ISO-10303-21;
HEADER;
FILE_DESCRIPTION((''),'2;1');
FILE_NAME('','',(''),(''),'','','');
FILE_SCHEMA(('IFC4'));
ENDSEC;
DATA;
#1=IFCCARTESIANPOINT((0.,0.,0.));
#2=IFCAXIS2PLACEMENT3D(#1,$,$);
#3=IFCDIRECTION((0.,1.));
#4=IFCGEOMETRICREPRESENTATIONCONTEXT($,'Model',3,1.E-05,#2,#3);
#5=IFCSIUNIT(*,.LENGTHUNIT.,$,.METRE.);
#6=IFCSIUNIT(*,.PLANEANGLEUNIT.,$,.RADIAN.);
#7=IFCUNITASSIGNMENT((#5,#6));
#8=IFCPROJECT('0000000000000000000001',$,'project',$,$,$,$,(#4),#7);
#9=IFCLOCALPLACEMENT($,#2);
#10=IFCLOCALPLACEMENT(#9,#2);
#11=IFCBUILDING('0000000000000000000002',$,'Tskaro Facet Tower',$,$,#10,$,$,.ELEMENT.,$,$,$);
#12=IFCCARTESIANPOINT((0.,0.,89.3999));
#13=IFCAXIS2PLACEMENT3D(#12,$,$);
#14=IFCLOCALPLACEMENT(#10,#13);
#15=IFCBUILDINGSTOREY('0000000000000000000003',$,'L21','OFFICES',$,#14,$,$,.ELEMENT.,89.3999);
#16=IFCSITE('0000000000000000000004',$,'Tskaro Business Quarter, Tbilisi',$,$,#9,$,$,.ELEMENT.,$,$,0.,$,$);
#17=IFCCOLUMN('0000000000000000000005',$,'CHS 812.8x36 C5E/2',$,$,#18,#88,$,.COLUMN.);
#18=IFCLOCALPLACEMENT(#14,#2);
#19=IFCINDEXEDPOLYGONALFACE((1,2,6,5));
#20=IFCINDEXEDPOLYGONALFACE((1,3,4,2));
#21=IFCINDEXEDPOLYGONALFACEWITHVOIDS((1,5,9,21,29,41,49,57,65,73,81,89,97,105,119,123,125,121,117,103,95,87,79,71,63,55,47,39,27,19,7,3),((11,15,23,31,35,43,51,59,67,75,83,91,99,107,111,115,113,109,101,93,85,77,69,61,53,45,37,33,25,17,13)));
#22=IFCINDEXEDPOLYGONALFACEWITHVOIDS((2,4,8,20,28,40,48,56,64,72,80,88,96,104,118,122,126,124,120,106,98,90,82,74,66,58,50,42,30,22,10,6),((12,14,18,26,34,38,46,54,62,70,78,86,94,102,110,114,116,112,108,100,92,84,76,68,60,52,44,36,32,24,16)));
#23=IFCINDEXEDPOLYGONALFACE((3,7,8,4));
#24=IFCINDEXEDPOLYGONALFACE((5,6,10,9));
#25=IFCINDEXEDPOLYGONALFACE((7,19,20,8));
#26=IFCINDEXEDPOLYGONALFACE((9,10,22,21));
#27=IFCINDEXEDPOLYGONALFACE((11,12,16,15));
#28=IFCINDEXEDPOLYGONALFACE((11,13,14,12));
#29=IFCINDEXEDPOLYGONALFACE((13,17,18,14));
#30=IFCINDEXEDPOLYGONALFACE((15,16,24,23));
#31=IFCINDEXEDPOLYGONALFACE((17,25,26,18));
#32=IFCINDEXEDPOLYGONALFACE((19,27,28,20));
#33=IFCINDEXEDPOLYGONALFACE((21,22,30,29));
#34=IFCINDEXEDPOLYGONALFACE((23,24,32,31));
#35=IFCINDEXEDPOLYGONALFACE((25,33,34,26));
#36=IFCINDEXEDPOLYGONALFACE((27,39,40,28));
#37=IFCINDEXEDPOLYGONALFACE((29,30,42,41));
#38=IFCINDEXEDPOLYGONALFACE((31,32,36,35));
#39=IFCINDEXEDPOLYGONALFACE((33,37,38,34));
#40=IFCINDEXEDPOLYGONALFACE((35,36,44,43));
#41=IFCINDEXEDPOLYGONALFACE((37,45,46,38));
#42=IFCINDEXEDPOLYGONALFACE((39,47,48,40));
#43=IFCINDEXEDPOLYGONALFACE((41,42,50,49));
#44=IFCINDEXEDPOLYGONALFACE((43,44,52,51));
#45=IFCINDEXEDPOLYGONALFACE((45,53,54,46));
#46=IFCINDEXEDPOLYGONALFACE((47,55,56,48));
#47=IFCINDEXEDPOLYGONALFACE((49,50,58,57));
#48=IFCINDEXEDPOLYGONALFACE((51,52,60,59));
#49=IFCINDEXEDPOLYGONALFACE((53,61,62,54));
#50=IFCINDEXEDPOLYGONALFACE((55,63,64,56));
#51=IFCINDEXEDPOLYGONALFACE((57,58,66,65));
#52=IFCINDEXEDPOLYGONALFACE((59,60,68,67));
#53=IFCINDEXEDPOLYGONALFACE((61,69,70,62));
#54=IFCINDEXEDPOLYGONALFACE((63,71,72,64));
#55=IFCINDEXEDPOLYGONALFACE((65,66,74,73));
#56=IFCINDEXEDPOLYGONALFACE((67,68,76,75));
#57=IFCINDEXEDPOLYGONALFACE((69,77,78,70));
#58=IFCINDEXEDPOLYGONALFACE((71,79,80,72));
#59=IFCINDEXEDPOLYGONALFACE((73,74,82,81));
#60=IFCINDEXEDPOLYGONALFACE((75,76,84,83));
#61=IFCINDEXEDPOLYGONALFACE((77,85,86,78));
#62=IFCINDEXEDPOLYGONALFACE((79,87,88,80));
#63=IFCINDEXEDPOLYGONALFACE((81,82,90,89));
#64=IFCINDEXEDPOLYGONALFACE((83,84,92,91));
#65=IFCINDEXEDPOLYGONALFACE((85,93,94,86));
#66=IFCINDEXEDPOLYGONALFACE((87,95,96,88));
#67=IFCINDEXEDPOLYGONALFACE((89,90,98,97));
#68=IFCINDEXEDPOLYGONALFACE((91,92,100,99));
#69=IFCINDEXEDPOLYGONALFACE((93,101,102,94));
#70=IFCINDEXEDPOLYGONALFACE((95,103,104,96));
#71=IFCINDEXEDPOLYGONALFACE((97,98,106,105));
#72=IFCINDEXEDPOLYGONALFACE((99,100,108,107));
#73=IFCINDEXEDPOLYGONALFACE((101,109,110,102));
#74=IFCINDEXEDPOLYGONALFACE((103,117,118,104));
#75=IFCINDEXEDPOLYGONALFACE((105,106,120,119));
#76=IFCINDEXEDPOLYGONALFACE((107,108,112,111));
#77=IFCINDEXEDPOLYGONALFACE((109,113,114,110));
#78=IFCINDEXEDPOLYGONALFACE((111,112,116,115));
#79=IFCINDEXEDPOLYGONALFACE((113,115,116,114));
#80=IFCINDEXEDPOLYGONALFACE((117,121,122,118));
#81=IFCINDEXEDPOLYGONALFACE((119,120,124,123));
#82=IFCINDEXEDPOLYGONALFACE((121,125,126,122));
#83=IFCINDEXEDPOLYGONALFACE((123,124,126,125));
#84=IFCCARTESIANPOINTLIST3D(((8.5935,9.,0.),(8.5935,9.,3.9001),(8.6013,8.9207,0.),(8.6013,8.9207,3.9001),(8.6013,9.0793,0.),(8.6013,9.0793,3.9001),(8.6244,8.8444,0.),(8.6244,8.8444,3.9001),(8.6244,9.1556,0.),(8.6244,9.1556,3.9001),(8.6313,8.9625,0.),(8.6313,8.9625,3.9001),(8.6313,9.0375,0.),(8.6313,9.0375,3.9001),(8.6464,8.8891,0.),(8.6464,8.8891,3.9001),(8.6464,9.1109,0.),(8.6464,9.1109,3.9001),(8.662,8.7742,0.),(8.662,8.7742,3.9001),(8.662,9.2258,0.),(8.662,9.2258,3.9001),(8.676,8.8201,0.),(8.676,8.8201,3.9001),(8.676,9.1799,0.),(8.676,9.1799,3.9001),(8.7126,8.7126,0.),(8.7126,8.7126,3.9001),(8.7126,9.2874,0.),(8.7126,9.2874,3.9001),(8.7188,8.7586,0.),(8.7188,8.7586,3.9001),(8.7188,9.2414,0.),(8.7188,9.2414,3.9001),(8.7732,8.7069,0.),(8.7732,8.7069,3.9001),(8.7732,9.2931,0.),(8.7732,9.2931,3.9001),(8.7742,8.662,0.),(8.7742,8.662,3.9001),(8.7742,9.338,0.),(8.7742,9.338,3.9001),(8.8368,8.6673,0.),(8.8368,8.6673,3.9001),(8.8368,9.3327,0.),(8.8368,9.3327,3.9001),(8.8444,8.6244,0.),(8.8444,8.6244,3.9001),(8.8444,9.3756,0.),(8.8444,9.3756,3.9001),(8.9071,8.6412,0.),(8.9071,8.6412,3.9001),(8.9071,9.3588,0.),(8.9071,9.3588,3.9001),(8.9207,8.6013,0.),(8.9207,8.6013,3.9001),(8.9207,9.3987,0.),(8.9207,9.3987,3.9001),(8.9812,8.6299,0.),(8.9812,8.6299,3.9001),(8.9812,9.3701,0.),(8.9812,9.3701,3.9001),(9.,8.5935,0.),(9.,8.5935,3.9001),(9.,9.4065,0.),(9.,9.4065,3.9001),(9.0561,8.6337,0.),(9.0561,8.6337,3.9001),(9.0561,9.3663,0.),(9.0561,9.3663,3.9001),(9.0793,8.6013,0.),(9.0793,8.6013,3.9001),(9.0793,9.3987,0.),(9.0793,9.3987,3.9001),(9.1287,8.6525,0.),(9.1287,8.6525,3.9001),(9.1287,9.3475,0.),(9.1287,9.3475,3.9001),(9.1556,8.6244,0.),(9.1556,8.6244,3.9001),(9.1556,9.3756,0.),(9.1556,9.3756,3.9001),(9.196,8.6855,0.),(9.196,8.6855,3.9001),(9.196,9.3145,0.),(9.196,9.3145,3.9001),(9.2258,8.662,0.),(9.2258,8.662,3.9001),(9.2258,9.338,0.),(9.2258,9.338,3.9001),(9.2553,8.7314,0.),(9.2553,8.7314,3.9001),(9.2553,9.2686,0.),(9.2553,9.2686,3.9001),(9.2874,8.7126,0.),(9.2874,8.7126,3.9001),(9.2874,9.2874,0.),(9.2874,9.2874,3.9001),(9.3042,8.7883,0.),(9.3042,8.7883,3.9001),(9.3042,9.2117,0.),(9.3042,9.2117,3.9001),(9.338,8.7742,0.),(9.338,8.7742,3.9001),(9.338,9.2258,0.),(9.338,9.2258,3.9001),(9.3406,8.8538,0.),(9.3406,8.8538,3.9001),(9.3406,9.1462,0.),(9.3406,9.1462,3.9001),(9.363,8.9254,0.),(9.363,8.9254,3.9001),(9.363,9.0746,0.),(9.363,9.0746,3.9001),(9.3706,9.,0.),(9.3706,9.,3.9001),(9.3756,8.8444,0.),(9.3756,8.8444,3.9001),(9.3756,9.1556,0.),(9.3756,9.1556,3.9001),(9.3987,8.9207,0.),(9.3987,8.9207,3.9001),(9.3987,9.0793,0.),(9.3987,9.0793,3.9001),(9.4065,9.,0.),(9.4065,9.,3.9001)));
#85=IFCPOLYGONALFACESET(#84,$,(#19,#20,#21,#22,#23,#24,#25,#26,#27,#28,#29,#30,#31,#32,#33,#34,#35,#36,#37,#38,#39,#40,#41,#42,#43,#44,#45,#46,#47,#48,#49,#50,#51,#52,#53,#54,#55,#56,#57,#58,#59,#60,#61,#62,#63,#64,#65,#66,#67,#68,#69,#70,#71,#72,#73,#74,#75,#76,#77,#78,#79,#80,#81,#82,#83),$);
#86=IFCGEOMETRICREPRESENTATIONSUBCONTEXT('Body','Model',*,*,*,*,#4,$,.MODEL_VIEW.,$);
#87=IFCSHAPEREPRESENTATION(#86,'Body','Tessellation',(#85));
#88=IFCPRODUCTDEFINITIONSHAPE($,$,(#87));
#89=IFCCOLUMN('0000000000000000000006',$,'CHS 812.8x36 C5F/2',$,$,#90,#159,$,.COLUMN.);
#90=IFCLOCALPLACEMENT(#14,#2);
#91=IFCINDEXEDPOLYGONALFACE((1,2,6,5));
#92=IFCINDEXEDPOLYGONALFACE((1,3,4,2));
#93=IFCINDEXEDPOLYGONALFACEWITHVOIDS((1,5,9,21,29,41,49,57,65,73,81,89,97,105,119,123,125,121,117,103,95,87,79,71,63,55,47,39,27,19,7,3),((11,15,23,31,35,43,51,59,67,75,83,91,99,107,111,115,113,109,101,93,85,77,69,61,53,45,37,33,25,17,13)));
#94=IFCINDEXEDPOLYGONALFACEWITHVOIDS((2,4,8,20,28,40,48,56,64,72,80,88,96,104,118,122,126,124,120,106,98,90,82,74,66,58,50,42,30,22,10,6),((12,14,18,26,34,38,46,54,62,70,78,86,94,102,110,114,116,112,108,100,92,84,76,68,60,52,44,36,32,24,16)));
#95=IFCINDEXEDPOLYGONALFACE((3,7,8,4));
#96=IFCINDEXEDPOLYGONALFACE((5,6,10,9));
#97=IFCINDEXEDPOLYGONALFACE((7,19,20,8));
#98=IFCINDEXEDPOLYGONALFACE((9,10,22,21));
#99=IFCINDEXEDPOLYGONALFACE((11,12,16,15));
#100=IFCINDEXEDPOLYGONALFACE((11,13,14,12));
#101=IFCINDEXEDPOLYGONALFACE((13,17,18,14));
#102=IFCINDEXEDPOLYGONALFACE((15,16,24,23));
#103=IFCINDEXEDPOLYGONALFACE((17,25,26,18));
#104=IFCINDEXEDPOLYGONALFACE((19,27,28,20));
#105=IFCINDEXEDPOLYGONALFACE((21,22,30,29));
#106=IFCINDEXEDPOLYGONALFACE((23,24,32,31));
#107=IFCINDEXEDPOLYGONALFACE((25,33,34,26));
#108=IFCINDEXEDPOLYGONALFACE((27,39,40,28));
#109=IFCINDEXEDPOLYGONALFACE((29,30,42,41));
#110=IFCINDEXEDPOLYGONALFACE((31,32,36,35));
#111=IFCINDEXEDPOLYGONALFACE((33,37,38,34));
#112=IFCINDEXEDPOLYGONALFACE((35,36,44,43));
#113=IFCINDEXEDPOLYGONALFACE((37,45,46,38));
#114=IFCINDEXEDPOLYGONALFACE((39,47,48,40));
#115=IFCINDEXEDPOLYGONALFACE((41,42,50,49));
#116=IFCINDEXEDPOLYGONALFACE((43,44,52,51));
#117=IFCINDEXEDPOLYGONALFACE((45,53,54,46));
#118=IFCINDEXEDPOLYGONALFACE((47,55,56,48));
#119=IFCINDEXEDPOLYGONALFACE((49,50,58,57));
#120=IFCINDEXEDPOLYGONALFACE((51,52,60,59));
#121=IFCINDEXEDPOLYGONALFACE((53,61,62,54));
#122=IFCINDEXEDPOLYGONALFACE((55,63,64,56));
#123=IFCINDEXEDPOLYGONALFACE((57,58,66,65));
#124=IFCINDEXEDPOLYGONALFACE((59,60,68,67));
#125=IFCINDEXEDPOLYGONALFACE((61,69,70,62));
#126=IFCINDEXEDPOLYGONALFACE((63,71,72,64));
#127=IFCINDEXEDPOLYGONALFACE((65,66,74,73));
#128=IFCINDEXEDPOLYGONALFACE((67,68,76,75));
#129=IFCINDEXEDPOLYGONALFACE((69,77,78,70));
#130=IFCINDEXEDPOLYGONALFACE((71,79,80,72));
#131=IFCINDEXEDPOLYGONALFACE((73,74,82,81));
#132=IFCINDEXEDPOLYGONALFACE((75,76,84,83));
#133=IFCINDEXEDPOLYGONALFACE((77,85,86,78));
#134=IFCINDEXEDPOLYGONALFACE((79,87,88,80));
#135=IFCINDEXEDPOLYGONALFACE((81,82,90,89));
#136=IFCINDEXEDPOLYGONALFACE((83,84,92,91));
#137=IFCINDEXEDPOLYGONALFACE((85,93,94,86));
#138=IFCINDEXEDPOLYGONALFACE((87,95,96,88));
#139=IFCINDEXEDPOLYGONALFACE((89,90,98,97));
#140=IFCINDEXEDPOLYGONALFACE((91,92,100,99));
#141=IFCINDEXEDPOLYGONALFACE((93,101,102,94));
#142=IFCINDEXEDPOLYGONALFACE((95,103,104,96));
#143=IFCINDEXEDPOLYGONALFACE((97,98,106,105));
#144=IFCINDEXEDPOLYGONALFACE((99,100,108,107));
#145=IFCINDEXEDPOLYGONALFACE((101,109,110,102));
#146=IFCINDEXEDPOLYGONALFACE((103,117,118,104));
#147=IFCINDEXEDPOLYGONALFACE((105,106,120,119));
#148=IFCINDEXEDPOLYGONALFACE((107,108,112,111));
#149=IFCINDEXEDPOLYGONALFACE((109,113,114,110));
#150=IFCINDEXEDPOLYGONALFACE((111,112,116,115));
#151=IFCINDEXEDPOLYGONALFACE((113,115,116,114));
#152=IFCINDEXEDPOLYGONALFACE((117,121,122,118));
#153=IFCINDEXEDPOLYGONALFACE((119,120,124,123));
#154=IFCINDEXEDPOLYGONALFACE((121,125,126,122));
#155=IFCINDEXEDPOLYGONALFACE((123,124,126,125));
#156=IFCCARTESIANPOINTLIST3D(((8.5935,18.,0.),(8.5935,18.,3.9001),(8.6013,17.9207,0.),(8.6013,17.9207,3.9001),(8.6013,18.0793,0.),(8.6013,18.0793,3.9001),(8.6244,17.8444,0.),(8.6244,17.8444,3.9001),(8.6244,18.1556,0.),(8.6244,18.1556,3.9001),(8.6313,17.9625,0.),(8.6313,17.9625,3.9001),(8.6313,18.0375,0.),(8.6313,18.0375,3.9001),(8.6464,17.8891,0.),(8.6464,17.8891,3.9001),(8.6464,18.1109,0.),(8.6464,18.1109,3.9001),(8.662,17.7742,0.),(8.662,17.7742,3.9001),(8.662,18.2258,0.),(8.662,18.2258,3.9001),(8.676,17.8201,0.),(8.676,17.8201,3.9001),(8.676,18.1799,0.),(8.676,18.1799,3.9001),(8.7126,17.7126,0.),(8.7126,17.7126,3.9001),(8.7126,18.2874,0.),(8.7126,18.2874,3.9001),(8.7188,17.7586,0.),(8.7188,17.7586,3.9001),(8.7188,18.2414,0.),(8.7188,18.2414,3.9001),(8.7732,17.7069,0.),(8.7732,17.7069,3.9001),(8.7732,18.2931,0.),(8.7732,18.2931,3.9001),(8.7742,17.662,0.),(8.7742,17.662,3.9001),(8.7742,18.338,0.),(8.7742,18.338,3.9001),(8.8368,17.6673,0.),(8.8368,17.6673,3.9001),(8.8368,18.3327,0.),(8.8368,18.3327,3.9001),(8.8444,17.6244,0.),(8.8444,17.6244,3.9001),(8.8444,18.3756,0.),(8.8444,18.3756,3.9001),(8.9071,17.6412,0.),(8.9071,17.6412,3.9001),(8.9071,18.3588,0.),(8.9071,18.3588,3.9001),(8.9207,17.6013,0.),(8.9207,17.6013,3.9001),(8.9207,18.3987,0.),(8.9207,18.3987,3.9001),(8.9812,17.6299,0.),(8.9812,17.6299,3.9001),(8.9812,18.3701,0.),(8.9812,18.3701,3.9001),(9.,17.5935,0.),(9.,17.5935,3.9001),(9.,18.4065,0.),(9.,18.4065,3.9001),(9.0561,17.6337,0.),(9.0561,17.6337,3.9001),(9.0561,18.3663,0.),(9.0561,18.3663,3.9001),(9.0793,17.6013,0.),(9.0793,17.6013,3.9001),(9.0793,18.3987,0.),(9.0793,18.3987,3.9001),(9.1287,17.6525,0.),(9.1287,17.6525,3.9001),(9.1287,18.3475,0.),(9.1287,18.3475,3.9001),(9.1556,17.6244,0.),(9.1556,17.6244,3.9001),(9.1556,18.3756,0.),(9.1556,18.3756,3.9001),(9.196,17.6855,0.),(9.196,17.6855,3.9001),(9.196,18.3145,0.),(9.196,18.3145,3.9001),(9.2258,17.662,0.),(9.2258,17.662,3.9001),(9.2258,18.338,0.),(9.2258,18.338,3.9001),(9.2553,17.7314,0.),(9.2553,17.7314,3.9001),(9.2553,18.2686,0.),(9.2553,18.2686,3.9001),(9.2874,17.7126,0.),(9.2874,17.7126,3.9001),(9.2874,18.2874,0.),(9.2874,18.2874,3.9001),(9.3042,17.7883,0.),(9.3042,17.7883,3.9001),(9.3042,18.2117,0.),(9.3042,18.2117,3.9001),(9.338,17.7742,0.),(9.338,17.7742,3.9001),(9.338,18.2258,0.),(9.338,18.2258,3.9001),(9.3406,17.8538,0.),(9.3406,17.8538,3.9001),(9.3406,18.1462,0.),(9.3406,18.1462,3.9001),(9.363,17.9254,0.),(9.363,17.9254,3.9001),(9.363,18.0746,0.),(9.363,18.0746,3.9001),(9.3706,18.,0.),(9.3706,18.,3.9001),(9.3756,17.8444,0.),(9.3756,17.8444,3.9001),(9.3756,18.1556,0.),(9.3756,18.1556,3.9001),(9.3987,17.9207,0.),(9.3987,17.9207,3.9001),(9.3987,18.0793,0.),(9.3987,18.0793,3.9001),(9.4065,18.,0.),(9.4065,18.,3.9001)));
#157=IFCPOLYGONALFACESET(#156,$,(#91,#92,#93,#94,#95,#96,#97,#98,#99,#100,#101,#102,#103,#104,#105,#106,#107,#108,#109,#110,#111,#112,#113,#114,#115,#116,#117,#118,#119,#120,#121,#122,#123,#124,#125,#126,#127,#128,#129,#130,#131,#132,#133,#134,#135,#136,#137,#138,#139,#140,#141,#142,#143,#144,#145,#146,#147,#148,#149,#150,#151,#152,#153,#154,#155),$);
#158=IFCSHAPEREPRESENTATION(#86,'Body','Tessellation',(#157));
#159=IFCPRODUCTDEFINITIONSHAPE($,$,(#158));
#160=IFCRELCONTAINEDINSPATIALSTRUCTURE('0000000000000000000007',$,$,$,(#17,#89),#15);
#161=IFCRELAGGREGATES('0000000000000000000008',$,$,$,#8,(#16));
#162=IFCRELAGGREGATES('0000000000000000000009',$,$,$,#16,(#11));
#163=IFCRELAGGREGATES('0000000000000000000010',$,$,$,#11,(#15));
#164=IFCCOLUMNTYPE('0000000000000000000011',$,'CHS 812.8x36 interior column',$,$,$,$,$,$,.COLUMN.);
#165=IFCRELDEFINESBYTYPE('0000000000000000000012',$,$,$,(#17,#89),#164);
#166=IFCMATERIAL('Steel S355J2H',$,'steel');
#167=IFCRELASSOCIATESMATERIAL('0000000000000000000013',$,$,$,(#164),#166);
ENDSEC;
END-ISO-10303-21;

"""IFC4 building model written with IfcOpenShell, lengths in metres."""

from ifc_helpers import new_model, si_unit, direction, frame, origin, origin_2d, place, context, subcontext, project, spatial, hollow_circle, extrude, material, material_profile, profile_set, type_object, element, save


model = new_model("IFC4")

# Units and contexts
model_context = context("Model", 3, precision=1e-05, world=origin(), true_north=direction((0.0, 1.0)))
body_context = subcontext(model_context, "Body", "Model", "MODEL_VIEW")
ifc_project = project(units=[si_unit("LENGTHUNIT", "METRE"), si_unit("PLANEANGLEUNIT", "RADIAN")], contexts=[model_context])

# Site, building, storey
site_placement = place(None, origin())
site = spatial("IfcSite", under=ifc_project, at=site_placement, Name="Tskaro Business Quarter, Tbilisi", CompositionType="ELEMENT", RefElevation=0.0)
building_placement = place(site_placement, origin())
building = spatial("IfcBuilding", under=site, at=building_placement, Name="Tskaro Facet Tower", CompositionType="ELEMENT")
storey_placement = place(building_placement, frame((0.0, 0.0, 89.3999)))
storey = spatial("IfcBuildingStorey", under=building, at=storey_placement, Name="L21", Description="OFFICES", CompositionType="ELEMENT", Elevation=89.3999)

# Columns
ifc_material_1 = material(Name="Steel S355J2H", Category="steel")
ifc_material_profile_1 = material_profile(ifc_material_1, hollow_circle(Radius=0.4065, WallThickness=0.0359, at=origin_2d()), Name="CHS 812.8x36")
ifc_profile_set_1 = profile_set([ifc_material_profile_1], Name="Steel S355J2H")
column_type = type_object("IfcColumnType", Name="CHS 812.8x36 interior column", PredefinedType="COLUMN", material=ifc_profile_set_1)
for number, where, z_axis, x_axis, name in (
    (1, (9.0, 9.0, 0.0), (0.0, 0.0, 1.0), (1.0, 0.0, 0.0), "CHS 812.8x36 C5E/2"),
    (2, (9.0, 18.0, 0.0), (0.0, 0.0, 1.0), (1.0, 0.0, 0.0), "CHS 812.8x36 C5F/2"),
):
    element("IfcColumn", number, at=place(storey_placement, frame(where, z_axis=z_axis, x_axis=x_axis)), inside=storey, type_object=column_type, Name=name, PredefinedType="COLUMN", context=body_context, shape_type="SweptSolid", body=[
        extrude(hollow_circle(Radius=0.4065, WallThickness=0.0359, at=origin_2d()), origin(), (0.0, 0.0, 1.0), 3.9001),
    ])

save(model, "model.ifc")
